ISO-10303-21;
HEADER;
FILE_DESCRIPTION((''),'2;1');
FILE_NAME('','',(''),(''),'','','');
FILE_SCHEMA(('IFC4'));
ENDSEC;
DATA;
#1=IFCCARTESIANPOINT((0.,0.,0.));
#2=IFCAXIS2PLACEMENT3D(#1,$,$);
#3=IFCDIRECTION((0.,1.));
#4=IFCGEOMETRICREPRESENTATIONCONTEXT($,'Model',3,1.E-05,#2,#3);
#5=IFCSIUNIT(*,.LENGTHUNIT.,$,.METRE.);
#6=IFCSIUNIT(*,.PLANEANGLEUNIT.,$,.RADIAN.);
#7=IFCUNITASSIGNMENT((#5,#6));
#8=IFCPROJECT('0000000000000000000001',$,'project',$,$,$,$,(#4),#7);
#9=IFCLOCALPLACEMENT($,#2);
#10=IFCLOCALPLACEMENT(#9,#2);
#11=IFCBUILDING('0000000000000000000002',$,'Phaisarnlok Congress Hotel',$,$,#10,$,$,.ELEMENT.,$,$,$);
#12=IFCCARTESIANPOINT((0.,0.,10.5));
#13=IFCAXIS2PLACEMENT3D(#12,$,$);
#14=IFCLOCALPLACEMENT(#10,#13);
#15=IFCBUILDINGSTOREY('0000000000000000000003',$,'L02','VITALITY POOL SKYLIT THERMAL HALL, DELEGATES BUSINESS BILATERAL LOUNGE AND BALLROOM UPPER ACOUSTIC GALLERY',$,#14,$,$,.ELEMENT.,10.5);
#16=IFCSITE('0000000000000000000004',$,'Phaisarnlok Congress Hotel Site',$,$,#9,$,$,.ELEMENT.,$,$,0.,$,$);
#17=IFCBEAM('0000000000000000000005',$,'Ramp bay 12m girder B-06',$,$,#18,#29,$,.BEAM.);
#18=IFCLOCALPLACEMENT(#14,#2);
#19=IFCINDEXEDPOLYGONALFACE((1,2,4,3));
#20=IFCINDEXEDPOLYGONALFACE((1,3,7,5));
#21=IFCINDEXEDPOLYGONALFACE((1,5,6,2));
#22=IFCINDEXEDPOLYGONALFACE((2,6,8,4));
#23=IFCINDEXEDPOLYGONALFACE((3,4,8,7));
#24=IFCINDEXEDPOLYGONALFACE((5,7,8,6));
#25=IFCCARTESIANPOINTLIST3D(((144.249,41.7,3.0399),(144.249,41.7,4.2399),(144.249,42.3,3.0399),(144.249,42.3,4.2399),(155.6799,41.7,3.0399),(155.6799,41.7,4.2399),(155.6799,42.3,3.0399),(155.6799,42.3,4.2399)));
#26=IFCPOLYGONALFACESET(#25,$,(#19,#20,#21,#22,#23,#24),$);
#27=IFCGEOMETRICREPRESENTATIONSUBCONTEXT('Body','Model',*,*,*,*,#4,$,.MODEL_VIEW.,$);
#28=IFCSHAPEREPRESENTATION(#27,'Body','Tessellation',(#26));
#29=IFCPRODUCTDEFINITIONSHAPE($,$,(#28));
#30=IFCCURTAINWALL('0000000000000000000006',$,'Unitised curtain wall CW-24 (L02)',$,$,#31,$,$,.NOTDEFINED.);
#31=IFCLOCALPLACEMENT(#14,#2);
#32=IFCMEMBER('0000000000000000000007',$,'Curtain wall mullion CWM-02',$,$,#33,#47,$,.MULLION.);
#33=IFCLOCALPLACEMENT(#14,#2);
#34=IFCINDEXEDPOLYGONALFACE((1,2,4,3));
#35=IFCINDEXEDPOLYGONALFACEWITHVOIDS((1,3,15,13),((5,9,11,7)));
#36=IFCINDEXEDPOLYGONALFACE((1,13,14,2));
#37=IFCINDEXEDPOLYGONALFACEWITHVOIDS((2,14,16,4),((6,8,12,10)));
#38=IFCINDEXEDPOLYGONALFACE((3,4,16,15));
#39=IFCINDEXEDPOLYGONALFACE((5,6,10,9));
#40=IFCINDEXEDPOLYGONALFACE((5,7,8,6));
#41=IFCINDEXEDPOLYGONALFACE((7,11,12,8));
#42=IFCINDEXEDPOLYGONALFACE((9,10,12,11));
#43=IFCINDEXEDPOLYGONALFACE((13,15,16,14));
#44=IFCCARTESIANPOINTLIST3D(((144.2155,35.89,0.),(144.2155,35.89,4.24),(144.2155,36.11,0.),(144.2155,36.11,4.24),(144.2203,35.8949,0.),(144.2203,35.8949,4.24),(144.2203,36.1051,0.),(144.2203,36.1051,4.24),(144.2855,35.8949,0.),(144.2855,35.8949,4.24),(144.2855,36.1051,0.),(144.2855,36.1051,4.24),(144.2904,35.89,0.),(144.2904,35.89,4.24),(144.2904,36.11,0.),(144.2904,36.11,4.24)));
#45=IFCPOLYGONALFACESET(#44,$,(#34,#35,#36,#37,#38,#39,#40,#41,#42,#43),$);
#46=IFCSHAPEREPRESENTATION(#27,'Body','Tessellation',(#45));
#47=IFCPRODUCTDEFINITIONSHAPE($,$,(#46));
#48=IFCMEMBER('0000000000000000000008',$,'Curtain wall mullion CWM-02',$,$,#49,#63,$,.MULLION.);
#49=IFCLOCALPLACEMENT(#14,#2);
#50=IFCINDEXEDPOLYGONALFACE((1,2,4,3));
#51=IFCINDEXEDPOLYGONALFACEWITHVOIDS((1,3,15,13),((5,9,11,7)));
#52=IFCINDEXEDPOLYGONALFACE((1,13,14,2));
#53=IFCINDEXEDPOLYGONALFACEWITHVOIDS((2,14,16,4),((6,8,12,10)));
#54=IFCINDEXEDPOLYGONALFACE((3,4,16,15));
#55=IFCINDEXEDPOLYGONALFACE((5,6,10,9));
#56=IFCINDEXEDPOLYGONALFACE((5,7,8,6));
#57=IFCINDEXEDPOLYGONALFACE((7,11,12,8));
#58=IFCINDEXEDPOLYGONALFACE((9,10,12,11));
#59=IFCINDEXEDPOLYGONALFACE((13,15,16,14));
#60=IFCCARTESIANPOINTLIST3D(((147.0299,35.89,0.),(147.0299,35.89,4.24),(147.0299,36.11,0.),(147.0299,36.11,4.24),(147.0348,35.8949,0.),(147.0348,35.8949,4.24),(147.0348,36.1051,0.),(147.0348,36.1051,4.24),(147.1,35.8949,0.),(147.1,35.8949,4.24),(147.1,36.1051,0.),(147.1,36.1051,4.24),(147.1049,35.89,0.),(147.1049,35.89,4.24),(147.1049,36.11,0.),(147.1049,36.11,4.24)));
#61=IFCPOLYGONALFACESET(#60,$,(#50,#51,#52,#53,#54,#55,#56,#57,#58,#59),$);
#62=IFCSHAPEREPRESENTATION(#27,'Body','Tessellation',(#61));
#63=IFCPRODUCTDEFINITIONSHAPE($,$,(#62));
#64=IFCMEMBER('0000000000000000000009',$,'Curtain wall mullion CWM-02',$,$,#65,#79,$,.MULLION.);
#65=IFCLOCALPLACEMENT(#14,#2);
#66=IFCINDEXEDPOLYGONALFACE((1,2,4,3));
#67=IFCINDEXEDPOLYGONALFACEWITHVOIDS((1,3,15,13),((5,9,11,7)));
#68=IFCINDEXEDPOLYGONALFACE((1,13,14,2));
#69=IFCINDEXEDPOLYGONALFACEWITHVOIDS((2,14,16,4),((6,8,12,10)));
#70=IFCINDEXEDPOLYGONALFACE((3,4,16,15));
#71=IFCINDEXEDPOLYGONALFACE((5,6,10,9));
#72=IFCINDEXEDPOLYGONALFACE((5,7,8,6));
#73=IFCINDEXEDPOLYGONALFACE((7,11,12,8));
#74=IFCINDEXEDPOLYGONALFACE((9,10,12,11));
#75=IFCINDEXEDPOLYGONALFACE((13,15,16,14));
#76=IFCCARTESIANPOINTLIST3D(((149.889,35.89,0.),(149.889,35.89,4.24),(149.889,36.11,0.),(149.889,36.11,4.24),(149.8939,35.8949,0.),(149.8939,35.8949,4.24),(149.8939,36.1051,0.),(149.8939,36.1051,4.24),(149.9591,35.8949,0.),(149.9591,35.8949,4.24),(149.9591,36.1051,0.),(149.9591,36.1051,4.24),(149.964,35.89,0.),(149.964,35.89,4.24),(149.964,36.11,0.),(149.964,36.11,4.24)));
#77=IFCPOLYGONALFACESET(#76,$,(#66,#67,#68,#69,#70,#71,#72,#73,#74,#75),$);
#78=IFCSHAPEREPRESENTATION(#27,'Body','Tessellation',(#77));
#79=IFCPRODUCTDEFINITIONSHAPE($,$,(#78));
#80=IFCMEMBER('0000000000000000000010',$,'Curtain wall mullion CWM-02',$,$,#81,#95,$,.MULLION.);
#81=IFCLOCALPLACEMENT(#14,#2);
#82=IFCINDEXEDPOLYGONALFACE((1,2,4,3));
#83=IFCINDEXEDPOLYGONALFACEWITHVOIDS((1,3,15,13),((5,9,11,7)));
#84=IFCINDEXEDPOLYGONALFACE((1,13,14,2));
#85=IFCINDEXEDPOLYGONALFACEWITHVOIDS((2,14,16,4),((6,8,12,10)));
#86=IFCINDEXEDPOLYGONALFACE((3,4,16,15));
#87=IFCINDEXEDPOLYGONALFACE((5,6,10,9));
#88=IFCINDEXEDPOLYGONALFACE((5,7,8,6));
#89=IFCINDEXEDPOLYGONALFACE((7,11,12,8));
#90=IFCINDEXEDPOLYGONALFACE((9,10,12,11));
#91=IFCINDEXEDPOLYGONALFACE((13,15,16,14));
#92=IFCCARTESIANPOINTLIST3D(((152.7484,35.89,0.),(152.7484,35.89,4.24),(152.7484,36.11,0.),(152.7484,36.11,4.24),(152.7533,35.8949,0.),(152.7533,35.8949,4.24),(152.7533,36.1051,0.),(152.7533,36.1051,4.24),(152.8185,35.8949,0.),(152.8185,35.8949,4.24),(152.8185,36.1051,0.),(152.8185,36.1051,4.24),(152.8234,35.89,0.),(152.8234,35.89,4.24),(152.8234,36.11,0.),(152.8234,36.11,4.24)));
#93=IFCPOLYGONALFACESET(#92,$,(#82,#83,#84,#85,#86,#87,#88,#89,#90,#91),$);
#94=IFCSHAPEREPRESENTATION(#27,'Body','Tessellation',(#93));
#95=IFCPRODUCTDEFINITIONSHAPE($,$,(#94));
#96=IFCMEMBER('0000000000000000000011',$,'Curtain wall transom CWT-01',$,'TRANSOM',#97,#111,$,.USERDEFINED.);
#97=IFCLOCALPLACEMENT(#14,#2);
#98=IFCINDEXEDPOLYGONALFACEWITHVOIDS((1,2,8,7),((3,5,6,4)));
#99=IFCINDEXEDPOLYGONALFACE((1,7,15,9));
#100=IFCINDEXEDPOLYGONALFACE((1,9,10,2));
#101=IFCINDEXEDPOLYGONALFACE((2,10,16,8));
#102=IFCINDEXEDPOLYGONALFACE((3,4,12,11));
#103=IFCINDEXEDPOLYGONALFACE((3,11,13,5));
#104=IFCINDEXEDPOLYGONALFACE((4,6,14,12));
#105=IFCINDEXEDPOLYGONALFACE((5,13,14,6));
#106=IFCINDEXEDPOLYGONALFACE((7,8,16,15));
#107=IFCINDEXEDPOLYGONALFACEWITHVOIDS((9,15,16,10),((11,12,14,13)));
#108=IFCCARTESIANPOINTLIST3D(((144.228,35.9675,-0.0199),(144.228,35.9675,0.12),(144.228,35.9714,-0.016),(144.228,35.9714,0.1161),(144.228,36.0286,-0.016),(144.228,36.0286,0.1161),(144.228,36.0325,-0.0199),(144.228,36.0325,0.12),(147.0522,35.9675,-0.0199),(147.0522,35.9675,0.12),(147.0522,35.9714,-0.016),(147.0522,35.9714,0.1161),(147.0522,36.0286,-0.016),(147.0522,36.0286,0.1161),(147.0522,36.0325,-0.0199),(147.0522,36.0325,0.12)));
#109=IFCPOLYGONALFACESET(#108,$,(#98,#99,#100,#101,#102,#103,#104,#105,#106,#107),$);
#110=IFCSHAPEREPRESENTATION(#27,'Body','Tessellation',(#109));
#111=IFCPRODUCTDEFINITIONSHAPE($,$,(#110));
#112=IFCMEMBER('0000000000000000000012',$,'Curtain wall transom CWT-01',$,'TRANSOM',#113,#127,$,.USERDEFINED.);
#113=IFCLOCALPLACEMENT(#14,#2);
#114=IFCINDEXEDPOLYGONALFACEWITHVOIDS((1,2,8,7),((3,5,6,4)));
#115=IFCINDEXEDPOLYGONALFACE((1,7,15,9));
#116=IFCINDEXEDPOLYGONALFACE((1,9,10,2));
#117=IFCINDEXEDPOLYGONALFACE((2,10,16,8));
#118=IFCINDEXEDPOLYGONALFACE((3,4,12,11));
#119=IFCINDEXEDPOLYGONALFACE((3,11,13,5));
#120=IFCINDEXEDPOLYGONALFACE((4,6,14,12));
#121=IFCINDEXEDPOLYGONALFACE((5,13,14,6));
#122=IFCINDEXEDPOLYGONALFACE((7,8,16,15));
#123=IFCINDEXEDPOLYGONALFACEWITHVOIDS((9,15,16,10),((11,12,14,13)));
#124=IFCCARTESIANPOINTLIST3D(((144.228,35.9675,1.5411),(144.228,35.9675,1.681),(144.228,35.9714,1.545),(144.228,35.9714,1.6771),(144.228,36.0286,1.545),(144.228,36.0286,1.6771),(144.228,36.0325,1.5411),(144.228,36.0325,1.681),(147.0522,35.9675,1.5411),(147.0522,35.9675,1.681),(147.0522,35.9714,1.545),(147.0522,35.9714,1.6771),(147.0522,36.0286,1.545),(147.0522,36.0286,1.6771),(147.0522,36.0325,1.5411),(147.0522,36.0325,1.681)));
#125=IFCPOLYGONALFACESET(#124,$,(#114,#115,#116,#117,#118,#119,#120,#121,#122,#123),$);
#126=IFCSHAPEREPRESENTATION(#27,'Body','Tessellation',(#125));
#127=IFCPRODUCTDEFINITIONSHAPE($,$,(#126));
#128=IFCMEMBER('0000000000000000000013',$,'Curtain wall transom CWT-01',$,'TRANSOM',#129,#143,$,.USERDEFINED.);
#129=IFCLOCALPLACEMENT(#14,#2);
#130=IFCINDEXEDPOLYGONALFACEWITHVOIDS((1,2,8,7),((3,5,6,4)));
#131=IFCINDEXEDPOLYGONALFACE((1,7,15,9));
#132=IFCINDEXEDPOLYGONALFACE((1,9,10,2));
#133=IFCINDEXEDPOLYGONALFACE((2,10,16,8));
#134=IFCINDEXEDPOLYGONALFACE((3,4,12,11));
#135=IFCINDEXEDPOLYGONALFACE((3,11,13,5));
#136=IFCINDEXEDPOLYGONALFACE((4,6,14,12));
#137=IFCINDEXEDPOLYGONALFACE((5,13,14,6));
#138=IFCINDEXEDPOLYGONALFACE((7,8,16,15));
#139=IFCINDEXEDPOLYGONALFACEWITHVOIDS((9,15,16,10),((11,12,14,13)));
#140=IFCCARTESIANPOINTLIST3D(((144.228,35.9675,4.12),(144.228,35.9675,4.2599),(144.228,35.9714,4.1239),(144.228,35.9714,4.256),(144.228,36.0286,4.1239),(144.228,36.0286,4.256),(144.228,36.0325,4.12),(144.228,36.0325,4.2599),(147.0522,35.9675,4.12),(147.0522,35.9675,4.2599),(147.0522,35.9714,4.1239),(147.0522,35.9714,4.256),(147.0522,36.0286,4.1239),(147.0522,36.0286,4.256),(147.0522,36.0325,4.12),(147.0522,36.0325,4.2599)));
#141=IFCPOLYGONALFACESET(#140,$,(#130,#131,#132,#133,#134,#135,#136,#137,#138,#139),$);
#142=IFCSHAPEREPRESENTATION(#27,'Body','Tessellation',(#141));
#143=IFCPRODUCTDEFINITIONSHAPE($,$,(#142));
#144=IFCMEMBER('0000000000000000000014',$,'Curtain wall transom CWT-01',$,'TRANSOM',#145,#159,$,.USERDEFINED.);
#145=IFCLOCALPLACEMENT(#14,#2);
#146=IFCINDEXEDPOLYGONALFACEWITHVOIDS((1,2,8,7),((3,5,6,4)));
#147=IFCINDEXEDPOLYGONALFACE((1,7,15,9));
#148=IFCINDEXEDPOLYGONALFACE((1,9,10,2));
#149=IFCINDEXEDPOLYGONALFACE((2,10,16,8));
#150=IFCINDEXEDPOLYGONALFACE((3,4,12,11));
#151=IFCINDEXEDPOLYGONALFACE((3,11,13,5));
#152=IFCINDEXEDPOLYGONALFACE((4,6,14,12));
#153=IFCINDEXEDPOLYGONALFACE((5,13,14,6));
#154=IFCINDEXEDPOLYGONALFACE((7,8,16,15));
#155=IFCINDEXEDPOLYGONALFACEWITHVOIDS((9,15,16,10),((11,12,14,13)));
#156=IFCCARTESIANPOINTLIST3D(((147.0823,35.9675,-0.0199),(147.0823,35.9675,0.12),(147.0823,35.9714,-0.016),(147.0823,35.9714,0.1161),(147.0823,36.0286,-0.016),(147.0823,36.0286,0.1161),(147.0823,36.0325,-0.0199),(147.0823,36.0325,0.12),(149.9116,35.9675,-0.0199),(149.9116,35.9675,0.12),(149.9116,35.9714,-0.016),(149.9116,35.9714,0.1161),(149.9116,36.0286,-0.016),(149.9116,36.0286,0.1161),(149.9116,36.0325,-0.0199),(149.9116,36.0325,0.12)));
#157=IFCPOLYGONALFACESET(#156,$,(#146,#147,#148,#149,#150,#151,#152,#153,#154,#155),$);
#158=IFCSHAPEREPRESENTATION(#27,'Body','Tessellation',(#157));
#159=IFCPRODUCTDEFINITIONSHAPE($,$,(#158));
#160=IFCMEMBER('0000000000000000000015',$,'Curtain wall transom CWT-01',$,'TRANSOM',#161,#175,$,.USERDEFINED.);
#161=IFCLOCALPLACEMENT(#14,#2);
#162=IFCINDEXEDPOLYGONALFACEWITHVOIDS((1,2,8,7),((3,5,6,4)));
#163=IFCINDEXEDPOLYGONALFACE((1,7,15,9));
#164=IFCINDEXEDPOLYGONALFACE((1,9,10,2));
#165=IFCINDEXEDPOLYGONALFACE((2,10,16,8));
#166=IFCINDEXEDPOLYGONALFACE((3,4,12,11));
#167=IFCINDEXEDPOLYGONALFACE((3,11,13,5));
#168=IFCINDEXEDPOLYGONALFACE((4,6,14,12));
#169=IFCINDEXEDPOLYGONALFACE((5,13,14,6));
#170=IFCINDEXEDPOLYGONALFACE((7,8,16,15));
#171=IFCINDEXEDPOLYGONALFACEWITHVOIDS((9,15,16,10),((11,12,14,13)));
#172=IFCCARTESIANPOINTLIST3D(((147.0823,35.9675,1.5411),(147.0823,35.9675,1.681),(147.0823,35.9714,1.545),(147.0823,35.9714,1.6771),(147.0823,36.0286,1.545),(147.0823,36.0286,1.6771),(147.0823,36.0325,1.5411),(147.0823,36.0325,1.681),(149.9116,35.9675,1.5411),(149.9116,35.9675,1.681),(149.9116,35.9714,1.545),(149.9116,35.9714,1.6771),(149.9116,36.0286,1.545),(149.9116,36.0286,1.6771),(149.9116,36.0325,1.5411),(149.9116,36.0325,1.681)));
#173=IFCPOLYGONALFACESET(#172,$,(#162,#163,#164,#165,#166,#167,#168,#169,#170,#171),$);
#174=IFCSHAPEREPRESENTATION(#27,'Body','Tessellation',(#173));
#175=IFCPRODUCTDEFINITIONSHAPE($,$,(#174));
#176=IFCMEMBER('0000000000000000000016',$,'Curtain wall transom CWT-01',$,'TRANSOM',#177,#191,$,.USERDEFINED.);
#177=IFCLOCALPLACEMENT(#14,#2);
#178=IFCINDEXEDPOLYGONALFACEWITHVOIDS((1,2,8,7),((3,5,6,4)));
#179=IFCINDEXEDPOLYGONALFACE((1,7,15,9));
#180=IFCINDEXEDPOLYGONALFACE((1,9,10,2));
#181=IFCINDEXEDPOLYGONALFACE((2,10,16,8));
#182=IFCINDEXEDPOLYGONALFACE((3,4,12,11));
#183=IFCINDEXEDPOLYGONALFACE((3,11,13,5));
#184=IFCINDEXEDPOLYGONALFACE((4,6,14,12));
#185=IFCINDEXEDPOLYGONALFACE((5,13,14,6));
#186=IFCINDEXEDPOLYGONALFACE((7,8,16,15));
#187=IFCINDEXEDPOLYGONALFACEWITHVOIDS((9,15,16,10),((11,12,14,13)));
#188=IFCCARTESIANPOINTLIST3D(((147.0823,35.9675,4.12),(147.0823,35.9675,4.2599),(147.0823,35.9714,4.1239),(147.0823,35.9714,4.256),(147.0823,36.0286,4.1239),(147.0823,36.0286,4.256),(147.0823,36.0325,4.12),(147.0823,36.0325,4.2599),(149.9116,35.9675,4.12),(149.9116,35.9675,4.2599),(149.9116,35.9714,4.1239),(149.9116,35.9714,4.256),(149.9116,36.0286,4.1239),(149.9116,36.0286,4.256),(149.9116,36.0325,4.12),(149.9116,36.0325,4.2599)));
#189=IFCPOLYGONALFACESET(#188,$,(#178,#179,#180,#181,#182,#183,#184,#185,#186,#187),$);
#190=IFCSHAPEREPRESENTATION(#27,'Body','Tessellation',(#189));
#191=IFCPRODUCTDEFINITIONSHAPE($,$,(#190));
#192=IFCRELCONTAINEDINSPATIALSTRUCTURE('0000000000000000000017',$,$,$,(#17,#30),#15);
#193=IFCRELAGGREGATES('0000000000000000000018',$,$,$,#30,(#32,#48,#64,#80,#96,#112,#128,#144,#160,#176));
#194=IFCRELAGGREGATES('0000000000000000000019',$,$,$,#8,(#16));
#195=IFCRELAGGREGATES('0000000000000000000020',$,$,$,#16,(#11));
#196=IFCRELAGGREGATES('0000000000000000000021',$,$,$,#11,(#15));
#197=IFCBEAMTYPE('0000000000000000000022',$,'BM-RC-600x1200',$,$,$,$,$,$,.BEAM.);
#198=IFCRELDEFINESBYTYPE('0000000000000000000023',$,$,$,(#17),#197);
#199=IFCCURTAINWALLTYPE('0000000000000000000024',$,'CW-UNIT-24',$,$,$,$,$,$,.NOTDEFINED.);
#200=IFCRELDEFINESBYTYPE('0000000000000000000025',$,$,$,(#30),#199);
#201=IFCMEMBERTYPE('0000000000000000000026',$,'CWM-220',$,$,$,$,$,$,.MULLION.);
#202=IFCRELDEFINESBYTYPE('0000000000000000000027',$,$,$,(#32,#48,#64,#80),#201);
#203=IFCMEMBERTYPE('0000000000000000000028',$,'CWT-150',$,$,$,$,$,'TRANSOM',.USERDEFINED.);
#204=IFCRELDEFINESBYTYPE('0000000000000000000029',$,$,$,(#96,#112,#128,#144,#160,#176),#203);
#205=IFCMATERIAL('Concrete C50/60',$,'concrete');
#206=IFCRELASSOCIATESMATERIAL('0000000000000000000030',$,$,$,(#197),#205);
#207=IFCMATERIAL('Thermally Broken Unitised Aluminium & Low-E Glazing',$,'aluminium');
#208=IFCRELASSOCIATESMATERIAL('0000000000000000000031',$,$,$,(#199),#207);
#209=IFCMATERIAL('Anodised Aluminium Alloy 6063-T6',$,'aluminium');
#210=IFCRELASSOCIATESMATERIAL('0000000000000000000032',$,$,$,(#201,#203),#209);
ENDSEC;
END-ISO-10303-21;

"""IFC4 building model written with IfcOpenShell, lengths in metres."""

from ifc_helpers import new_model, si_unit, direction, frame, origin, origin_2d, place, context, subcontext, project, spatial, rectangle, hollow_rectangle, extrude, material, material_profile, profile_set, type_object, element, aggregate, save


model = new_model("IFC4")

# Units and contexts
model_context = context("Model", 3, precision=1e-05, world=origin(), true_north=direction((0.0, 1.0)))
body_context = subcontext(model_context, "Body", "Model", "MODEL_VIEW")
ifc_project = project(units=[si_unit("LENGTHUNIT", "METRE"), si_unit("PLANEANGLEUNIT", "RADIAN")], contexts=[model_context])

# Site, building, storey
site_placement = place(None, origin())
site = spatial("IfcSite", under=ifc_project, at=site_placement, Name="Phaisarnlok Congress Hotel Site", CompositionType="ELEMENT", RefElevation=0.0)
building_placement = place(site_placement, origin())
building = spatial("IfcBuilding", under=site, at=building_placement, Name="Phaisarnlok Congress Hotel", CompositionType="ELEMENT")
storey_placement = place(building_placement, frame((0.0, 0.0, 10.5)))
storey = spatial("IfcBuildingStorey", under=building, at=storey_placement, Name="L02", Description="VITALITY POOL SKYLIT THERMAL HALL, DELEGATES BUSINESS BILATERAL LOUNGE AND BALLROOM UPPER ACOUSTIC GALLERY", CompositionType="ELEMENT", Elevation=10.5)

# Beam
ifc_material_1 = material(Name="Concrete C50/60", Category="concrete")
ifc_material_profile_1 = material_profile(ifc_material_1, rectangle(XDim=0.6001, YDim=1.2, at=origin_2d()), Name="RC 600x1200")
ifc_profile_set_1 = profile_set([ifc_material_profile_1], Name="Concrete C50/60")
beam_type = type_object("IfcBeamType", Name="BM-RC-600x1200", PredefinedType="BEAM", material=ifc_profile_set_1)
beam_placement = place(storey_placement, frame((144.249, 42.0, 3.6399), z_axis=(1.0, 0.0, 0.0), x_axis=(0.0, 1.0, 0.0)))
element("IfcBeam", 1, at=beam_placement, inside=storey, type_object=beam_type, Name="Ramp bay 12m girder B-06", PredefinedType="BEAM", context=body_context, shape_type="SweptSolid", body=[
    extrude(rectangle(XDim=0.6001, YDim=1.2, at=origin_2d()), origin(), (0.0, 0.0, 1.0), 11.4309),
])

# Curtain wall, members
ifc_material_2 = material(Name="Thermally Broken Unitised Aluminium & Low-E Glazing", Category="aluminium")
curtain_wall_type = type_object("IfcCurtainWallType", Name="CW-UNIT-24", PredefinedType="NOTDEFINED", material=ifc_material_2)
curtain_wall_placement = place(storey_placement, origin())
curtain_wall = element("IfcCurtainWall", 2, at=curtain_wall_placement, inside=storey, type_object=curtain_wall_type, Name="Unitised curtain wall CW-24 (L02)", PredefinedType="NOTDEFINED")
ifc_material_3 = material(Name="Anodised Aluminium Alloy 6063-T6", Category="aluminium")
ifc_material_profile_2 = material_profile(ifc_material_3, hollow_rectangle(XDim=0.075, YDim=0.22, WallThickness=0.0049, at=origin_2d()), Name="ALU-M 75x220x5")
ifc_profile_set_2 = profile_set([ifc_material_profile_2], Name="Anodised Aluminium Alloy 6063-T6")
member_type_1 = type_object("IfcMemberType", Name="CWM-220", PredefinedType="MULLION", material=ifc_profile_set_2)
member_1_placement = place(storey_placement, frame((144.2529, 36.0, 0.0), z_axis=(0.0, 0.0, 1.0), x_axis=(1.0, 0.0, 0.0)))
member_1 = element("IfcMember", 3, at=member_1_placement, type_object=member_type_1, Name="Curtain wall mullion CWM-02", PredefinedType="MULLION", context=body_context, shape_type="SweptSolid", body=[
    extrude(hollow_rectangle(XDim=0.075, YDim=0.22, WallThickness=0.0049, at=origin_2d()), origin(), (0.0, 0.0, 1.0), 4.24),
])
member_2_placement = place(storey_placement, frame((147.0674, 36.0, 0.0), z_axis=(0.0, 0.0, 1.0), x_axis=(1.0, 0.0, 0.0)))
member_2 = element("IfcMember", 4, at=member_2_placement, type_object=member_type_1, Name="Curtain wall mullion CWM-02", PredefinedType="MULLION", context=body_context, shape_type="SweptSolid", body=[
    extrude(hollow_rectangle(XDim=0.075, YDim=0.22, WallThickness=0.0049, at=origin_2d()), origin(), (0.0, 0.0, 1.0), 4.24),
])
member_3_placement = place(storey_placement, frame((149.9265, 36.0, 0.0), z_axis=(0.0, 0.0, 1.0), x_axis=(1.0, 0.0, 0.0)))
member_3 = element("IfcMember", 5, at=member_3_placement, type_object=member_type_1, Name="Curtain wall mullion CWM-02", PredefinedType="MULLION", context=body_context, shape_type="SweptSolid", body=[
    extrude(hollow_rectangle(XDim=0.075, YDim=0.22, WallThickness=0.0049, at=origin_2d()), origin(), (0.0, 0.0, 1.0), 4.24),
])
member_4_placement = place(storey_placement, frame((152.7859, 36.0, 0.0), z_axis=(0.0, 0.0, 1.0), x_axis=(1.0, 0.0, 0.0)))
member_4 = element("IfcMember", 6, at=member_4_placement, type_object=member_type_1, Name="Curtain wall mullion CWM-02", PredefinedType="MULLION", context=body_context, shape_type="SweptSolid", body=[
    extrude(hollow_rectangle(XDim=0.075, YDim=0.22, WallThickness=0.0049, at=origin_2d()), origin(), (0.0, 0.0, 1.0), 4.24),
])
ifc_material_profile_3 = material_profile(ifc_material_3, hollow_rectangle(XDim=0.0649, YDim=0.1399, WallThickness=0.0039, at=origin_2d()), Name="ALU-T 65x140x4")
ifc_profile_set_3 = profile_set([ifc_material_profile_3], Name="Anodised Aluminium Alloy 6063-T6")
member_type_2 = type_object("IfcMemberType", Name="CWT-150", ElementType="TRANSOM", PredefinedType="USERDEFINED", material=ifc_profile_set_3)
member_5_placement = place(storey_placement, frame((144.228, 36.0, 0.05), z_axis=(1.0, 0.0, 0.0), x_axis=(0.0, 1.0, 0.0)))
member_5 = element("IfcMember", 7, at=member_5_placement, type_object=member_type_2, Name="Curtain wall transom CWT-01", ObjectType="TRANSOM", PredefinedType="USERDEFINED", context=body_context, shape_type="SweptSolid", body=[
    extrude(hollow_rectangle(XDim=0.0649, YDim=0.1399, WallThickness=0.0039, at=origin_2d()), origin(), (0.0, 0.0, 1.0), 2.8242),
])
member_6_placement = place(storey_placement, frame((144.228, 36.0, 1.6111), z_axis=(1.0, 0.0, 0.0), x_axis=(0.0, 1.0, 0.0)))
member_6 = element("IfcMember", 8, at=member_6_placement, type_object=member_type_2, Name="Curtain wall transom CWT-01", ObjectType="TRANSOM", PredefinedType="USERDEFINED", context=body_context, shape_type="SweptSolid", body=[
    extrude(hollow_rectangle(XDim=0.0649, YDim=0.1399, WallThickness=0.0039, at=origin_2d()), origin(), (0.0, 0.0, 1.0), 2.8242),
])
member_7_placement = place(storey_placement, frame((144.228, 36.0, 4.1899), z_axis=(1.0, 0.0, 0.0), x_axis=(0.0, 1.0, 0.0)))
member_7 = element("IfcMember", 9, at=member_7_placement, type_object=member_type_2, Name="Curtain wall transom CWT-01", ObjectType="TRANSOM", PredefinedType="USERDEFINED", context=body_context, shape_type="SweptSolid", body=[
    extrude(hollow_rectangle(XDim=0.0649, YDim=0.1399, WallThickness=0.0039, at=origin_2d()), origin(), (0.0, 0.0, 1.0), 2.8242),
])
member_8_placement = place(storey_placement, frame((147.0823, 36.0, 0.05), z_axis=(1.0, 0.0, 0.0), x_axis=(0.0, 1.0, 0.0)))
member_8 = element("IfcMember", 10, at=member_8_placement, type_object=member_type_2, Name="Curtain wall transom CWT-01", ObjectType="TRANSOM", PredefinedType="USERDEFINED", context=body_context, shape_type="SweptSolid", body=[
    extrude(hollow_rectangle(XDim=0.0649, YDim=0.1399, WallThickness=0.0039, at=origin_2d()), origin(), (0.0, 0.0, 1.0), 2.8293),
])
member_9_placement = place(storey_placement, frame((147.0823, 36.0, 1.6111), z_axis=(1.0, 0.0, 0.0), x_axis=(0.0, 1.0, 0.0)))
member_9 = element("IfcMember", 11, at=member_9_placement, type_object=member_type_2, Name="Curtain wall transom CWT-01", ObjectType="TRANSOM", PredefinedType="USERDEFINED", context=body_context, shape_type="SweptSolid", body=[
    extrude(hollow_rectangle(XDim=0.0649, YDim=0.1399, WallThickness=0.0039, at=origin_2d()), origin(), (0.0, 0.0, 1.0), 2.8293),
])
member_10_placement = place(storey_placement, frame((147.0823, 36.0, 4.1899), z_axis=(1.0, 0.0, 0.0), x_axis=(0.0, 1.0, 0.0)))
member_10 = element("IfcMember", 12, at=member_10_placement, type_object=member_type_2, Name="Curtain wall transom CWT-01", ObjectType="TRANSOM", PredefinedType="USERDEFINED", context=body_context, shape_type="SweptSolid", body=[
    extrude(hollow_rectangle(XDim=0.0649, YDim=0.1399, WallThickness=0.0039, at=origin_2d()), origin(), (0.0, 0.0, 1.0), 2.8293),
])
aggregate(curtain_wall, [member_1, member_2, member_3, member_4, member_5, member_6, member_7, member_8, member_9, member_10])

save(model, "model.ifc")
